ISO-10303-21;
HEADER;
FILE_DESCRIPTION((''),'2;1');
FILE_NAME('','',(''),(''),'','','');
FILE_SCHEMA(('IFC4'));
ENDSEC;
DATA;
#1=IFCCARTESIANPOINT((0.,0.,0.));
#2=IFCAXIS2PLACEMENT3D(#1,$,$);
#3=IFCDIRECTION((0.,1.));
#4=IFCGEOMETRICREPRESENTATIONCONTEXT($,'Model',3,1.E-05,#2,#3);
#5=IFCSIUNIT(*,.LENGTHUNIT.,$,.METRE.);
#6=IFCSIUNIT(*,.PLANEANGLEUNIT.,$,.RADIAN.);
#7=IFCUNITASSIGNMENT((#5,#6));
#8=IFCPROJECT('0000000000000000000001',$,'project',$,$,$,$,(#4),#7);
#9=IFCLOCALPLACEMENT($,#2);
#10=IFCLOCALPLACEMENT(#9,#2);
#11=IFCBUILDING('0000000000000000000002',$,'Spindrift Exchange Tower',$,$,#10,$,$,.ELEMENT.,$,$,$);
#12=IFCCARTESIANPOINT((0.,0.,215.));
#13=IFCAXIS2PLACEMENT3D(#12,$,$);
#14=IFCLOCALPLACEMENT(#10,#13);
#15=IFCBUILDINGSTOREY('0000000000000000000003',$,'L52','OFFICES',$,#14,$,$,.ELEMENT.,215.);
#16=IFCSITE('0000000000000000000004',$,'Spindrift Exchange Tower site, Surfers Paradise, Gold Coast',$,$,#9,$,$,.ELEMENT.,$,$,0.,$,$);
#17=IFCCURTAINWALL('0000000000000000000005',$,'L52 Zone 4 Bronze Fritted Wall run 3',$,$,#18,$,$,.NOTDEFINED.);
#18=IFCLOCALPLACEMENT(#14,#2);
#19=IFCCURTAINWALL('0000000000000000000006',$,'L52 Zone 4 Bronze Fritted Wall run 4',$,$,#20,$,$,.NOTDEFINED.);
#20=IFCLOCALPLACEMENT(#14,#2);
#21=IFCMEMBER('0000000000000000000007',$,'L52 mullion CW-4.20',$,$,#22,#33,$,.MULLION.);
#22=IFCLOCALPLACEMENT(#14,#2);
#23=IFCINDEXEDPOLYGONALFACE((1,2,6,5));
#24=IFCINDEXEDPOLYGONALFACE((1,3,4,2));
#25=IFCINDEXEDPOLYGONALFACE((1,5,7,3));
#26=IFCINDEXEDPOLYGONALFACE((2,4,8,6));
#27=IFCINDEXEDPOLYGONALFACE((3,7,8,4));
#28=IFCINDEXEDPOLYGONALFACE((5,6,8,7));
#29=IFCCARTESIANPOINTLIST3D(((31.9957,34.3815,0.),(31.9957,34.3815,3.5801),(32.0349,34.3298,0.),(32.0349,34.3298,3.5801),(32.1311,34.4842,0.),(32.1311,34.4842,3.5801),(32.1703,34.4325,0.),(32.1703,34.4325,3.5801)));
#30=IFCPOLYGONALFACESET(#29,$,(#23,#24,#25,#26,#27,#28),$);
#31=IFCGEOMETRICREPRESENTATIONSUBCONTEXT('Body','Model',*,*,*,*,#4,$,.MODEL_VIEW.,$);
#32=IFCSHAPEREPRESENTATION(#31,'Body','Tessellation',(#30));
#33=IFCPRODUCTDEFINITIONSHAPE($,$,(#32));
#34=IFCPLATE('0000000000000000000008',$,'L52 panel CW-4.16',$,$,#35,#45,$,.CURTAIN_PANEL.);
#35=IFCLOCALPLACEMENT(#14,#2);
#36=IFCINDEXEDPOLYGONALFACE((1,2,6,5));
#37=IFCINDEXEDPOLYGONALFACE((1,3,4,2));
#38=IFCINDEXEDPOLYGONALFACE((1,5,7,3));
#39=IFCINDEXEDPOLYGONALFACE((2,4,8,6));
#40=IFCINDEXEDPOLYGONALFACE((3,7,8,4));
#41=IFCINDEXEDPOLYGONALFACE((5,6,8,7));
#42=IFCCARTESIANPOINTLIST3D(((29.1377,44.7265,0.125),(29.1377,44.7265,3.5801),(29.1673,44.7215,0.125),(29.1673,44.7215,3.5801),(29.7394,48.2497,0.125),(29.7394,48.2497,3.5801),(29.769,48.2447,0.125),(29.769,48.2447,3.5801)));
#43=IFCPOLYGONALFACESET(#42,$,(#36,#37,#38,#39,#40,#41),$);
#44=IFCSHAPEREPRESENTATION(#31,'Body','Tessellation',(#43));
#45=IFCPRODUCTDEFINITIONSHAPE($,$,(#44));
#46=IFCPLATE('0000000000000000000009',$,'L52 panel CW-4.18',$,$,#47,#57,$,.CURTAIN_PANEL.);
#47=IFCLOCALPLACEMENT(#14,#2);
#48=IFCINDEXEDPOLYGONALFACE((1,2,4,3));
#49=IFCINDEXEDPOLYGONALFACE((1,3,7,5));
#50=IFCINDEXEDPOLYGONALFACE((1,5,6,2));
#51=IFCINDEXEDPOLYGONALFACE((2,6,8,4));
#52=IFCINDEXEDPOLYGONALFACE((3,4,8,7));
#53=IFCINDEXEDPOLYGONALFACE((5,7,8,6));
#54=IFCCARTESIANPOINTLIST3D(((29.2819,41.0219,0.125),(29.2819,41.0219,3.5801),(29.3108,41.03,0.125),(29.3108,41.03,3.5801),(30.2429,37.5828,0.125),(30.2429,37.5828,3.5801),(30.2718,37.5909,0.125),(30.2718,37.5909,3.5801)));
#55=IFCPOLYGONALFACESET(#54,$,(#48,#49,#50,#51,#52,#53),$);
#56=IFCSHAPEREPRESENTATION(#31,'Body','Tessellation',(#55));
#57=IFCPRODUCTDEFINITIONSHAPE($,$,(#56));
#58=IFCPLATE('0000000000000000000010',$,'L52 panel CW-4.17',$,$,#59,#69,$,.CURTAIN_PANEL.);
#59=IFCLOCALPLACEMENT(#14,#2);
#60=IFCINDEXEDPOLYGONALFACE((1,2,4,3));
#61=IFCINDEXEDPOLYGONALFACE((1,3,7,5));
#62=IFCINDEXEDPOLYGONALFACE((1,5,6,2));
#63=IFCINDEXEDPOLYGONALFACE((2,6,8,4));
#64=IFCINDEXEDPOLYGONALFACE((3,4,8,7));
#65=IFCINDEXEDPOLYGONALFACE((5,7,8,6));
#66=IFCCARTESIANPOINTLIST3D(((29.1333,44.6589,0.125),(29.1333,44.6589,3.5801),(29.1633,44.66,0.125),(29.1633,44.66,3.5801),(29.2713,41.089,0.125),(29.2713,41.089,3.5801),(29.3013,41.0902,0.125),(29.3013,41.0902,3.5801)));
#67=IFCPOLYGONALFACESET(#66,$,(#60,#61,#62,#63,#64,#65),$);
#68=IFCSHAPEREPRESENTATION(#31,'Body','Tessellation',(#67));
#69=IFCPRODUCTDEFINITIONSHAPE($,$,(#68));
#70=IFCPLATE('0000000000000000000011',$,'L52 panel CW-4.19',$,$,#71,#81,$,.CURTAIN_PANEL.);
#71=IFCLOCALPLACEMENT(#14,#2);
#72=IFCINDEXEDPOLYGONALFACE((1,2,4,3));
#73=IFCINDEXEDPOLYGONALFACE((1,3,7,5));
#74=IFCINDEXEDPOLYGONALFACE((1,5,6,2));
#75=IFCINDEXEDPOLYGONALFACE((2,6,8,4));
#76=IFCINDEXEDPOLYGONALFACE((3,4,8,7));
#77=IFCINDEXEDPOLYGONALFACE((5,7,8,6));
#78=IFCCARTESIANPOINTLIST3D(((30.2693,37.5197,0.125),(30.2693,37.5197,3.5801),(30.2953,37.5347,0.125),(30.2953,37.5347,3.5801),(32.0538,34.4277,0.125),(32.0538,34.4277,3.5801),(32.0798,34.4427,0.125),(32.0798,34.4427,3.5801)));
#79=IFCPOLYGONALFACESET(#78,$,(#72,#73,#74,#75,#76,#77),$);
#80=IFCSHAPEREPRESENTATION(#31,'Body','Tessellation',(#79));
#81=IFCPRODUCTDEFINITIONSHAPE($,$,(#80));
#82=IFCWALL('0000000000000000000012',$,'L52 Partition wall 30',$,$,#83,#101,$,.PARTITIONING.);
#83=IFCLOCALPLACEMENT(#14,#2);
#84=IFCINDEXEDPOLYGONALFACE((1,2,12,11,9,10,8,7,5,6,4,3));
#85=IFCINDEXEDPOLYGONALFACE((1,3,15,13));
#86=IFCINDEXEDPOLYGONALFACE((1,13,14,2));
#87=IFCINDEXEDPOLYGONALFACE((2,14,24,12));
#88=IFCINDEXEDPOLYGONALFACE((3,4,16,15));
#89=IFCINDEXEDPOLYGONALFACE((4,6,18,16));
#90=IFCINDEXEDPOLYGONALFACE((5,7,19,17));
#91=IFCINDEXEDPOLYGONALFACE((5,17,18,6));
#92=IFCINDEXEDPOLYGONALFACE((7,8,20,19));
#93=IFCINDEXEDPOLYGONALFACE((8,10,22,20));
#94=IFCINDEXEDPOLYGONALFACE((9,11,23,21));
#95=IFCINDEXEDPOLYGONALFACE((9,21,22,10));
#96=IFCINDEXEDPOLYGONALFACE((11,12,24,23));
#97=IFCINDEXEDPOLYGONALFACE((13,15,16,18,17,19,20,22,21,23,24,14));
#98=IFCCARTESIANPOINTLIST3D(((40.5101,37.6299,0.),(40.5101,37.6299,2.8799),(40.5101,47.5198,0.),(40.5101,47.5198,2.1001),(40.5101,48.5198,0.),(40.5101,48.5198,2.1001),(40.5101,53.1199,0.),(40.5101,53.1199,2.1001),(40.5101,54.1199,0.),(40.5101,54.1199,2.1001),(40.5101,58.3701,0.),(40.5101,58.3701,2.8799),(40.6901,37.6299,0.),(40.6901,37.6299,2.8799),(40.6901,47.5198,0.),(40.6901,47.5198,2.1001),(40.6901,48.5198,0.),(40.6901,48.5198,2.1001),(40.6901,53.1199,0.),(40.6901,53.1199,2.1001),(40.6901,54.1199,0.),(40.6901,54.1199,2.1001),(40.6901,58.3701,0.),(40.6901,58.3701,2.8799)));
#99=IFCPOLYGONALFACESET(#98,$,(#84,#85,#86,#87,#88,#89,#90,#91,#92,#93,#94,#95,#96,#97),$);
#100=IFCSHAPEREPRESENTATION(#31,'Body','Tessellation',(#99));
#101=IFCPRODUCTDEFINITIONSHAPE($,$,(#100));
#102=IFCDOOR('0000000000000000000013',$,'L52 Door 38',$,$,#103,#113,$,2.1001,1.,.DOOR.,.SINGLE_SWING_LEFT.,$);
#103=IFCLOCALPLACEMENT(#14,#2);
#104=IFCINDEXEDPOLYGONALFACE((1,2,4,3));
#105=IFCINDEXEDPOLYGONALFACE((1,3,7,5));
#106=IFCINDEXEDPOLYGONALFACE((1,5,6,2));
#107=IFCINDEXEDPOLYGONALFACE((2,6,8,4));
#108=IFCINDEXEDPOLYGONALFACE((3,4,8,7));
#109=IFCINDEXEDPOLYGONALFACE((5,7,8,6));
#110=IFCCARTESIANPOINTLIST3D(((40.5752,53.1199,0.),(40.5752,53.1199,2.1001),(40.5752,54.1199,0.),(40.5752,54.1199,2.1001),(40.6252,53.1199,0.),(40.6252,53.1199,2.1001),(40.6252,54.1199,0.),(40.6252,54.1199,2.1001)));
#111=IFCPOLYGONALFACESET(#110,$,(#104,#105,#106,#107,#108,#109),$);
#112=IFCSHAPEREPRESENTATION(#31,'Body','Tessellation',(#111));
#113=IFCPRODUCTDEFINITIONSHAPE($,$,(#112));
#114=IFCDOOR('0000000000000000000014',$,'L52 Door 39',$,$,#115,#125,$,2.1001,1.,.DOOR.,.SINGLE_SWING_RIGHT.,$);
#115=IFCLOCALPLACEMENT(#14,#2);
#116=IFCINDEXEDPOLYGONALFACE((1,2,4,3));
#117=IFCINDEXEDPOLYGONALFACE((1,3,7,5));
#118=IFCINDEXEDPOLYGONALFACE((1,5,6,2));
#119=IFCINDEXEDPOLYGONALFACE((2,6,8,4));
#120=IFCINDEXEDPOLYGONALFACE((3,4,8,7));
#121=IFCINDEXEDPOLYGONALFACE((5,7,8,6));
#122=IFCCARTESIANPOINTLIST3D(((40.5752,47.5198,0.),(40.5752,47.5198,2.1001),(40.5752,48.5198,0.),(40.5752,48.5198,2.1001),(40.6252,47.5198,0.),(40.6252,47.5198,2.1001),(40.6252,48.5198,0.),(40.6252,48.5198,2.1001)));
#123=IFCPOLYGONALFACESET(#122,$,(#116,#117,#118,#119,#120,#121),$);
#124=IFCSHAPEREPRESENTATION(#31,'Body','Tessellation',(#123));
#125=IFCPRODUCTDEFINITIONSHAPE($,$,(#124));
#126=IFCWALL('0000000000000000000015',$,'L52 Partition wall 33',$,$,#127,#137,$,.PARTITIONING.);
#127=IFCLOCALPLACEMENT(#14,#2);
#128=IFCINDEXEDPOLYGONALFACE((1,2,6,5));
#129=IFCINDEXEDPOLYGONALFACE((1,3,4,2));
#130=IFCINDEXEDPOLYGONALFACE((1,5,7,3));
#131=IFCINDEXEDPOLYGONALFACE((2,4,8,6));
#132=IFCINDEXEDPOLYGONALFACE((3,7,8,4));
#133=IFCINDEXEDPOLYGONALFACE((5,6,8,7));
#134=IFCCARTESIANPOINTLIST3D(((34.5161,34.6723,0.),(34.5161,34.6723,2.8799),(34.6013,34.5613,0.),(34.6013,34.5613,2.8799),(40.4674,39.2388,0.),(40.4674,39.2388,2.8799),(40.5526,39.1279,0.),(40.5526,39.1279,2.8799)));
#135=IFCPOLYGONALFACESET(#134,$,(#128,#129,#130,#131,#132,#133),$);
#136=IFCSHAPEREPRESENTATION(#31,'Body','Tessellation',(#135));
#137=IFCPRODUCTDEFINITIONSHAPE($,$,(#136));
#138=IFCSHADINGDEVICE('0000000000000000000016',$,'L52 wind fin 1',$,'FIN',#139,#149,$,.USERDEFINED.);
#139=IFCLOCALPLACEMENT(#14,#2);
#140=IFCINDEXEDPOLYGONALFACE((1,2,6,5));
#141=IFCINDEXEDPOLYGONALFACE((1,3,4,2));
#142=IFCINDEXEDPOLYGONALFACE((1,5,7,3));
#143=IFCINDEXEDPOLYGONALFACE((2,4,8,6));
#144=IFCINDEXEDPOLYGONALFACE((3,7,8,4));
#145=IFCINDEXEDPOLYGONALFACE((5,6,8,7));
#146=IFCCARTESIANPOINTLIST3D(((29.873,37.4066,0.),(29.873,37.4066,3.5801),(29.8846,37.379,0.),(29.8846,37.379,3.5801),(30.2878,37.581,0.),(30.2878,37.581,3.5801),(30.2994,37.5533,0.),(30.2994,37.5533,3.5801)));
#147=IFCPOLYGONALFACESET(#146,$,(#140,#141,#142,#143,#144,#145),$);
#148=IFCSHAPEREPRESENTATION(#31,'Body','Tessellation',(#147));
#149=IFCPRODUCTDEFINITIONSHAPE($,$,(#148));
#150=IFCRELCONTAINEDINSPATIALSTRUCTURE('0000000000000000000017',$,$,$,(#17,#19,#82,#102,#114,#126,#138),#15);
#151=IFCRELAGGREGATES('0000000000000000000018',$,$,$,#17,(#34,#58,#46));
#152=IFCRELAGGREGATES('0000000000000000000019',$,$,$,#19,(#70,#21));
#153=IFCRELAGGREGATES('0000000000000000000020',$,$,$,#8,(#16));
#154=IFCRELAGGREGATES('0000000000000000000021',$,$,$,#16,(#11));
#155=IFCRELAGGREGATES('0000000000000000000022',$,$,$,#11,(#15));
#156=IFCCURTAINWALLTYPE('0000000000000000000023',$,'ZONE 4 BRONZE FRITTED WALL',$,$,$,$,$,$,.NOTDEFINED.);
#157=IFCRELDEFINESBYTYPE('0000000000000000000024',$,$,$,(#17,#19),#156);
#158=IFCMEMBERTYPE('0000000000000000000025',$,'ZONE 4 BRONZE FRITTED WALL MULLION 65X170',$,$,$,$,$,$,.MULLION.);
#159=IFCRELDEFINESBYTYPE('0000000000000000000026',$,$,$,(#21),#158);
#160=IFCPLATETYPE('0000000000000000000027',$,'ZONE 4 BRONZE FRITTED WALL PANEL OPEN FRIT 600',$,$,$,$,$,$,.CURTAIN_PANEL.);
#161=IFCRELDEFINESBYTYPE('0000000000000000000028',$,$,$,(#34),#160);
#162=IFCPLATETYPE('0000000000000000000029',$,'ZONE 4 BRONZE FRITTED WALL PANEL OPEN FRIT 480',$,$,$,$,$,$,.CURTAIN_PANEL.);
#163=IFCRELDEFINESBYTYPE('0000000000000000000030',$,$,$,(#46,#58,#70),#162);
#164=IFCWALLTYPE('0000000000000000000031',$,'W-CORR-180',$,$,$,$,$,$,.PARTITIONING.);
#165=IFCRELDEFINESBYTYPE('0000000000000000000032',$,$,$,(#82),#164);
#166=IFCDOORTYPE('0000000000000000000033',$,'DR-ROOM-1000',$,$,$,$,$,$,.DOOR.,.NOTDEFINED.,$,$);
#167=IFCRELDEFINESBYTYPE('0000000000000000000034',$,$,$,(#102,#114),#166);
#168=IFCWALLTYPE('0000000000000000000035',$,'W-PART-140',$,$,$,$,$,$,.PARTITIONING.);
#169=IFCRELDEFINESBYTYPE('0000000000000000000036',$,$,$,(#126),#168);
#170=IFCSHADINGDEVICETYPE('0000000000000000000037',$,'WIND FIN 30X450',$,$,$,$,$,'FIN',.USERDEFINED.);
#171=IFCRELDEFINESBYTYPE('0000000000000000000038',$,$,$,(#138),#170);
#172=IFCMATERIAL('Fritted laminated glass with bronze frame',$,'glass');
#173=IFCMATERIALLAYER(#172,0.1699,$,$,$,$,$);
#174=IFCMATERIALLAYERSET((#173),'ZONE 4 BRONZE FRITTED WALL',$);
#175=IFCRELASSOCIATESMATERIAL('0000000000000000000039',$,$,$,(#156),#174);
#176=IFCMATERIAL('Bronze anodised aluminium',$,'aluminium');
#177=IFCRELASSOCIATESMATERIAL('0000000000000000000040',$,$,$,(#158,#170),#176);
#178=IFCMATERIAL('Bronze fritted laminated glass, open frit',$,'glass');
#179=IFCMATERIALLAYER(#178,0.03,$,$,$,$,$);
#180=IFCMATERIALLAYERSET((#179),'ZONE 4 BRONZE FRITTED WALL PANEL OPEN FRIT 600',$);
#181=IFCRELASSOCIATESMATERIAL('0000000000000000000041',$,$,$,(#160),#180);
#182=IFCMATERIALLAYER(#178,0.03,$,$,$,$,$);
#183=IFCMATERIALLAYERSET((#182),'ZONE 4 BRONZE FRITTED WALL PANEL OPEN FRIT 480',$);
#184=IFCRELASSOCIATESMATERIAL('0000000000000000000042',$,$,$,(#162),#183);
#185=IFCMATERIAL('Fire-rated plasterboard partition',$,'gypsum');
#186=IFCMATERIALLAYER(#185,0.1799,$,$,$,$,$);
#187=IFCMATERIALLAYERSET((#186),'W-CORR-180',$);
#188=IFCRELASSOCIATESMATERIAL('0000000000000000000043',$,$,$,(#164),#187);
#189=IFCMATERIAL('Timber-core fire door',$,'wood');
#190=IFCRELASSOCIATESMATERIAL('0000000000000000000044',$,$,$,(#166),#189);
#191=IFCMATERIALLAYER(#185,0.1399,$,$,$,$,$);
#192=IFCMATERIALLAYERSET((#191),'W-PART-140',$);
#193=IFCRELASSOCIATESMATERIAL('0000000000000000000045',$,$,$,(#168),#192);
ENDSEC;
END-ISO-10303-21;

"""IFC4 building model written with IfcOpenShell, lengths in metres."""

from ifc_helpers import new_model, si_unit, direction, frame, frame_2d, origin, origin_2d, place, context, subcontext, project, spatial, rectangle, extrude, source, transform, mapped, material, layer, layer_set, material_profile, profile_set, type_object, element, fill, aggregate, save


model = new_model("IFC4")

# Units and contexts
model_context = context("Model", 3, precision=1e-05, world=origin(), true_north=direction((0.0, 1.0)))
body_context = subcontext(model_context, "Body", "Model", "MODEL_VIEW")
ifc_project = project(units=[si_unit("LENGTHUNIT", "METRE"), si_unit("PLANEANGLEUNIT", "RADIAN")], contexts=[model_context])

# Site, building, storey
site_placement = place(None, origin())
site = spatial("IfcSite", under=ifc_project, at=site_placement, Name="Spindrift Exchange Tower site, Surfers Paradise, Gold Coast", CompositionType="ELEMENT", RefElevation=0.0)
building_placement = place(site_placement, origin())
building = spatial("IfcBuilding", under=site, at=building_placement, Name="Spindrift Exchange Tower", CompositionType="ELEMENT")
storey_placement = place(building_placement, frame((0.0, 0.0, 215.0)))
storey = spatial("IfcBuildingStorey", under=building, at=storey_placement, Name="L52", Description="OFFICES", CompositionType="ELEMENT", Elevation=215.0)

# Curtain walls
ifc_material_1 = material(Name="Fritted laminated glass with bronze frame", Category="glass")
ifc_layer_1 = layer(ifc_material_1, 0.1699)
ifc_layer_set_1 = layer_set([ifc_layer_1], Name="ZONE 4 BRONZE FRITTED WALL")
curtain_wall_type = type_object("IfcCurtainWallType", Name="ZONE 4 BRONZE FRITTED WALL", PredefinedType="NOTDEFINED", material=ifc_layer_set_1)
curtain_wall_1_placement = place(storey_placement, origin())
curtain_wall_1 = element("IfcCurtainWall", 1, at=curtain_wall_1_placement, inside=storey, type_object=curtain_wall_type, Name="L52 Zone 4 Bronze Fritted Wall run 3", PredefinedType="NOTDEFINED")
ifc_material_2 = material(Name="Bronze anodised aluminium", Category="aluminium")
curtain_wall_2_placement = place(storey_placement, origin())
curtain_wall_2 = element("IfcCurtainWall", 2, at=curtain_wall_2_placement, inside=storey, type_object=curtain_wall_type, Name="L52 Zone 4 Bronze Fritted Wall run 4", PredefinedType="NOTDEFINED")

# Member
ifc_material_profile_1 = material_profile(ifc_material_2, rectangle(XDim=0.0649, YDim=0.1699, at=origin_2d()), Name="ZONE 4 BRONZE FRITTED WALL MULLION 65X170")
ifc_profile_set_1 = profile_set([ifc_material_profile_1], Name="Bronze anodised aluminium")
member_type_1 = type_object("IfcMemberType", Name="ZONE 4 BRONZE FRITTED WALL MULLION 65X170", PredefinedType="MULLION", material=ifc_profile_set_1)
shared_shape_1 = source(origin(), body_context, "Body", "SweptSolid", [
    extrude(rectangle(XDim=0.0649, YDim=0.1699, at=origin_2d()), origin(), (0.0, 0.0, 1.0), 3.5801),
])
member_1_placement = place(storey_placement, frame((32.083, 34.407, 0.0), z_axis=(0.0, 0.0, 1.0), x_axis=(0.604301, -0.796756, 0.0)))
member_1 = element("IfcMember", 3, at=member_1_placement, type_object=member_type_1, Name="L52 mullion CW-4.20", PredefinedType="MULLION", context=body_context, shape_type="MappedRepresentation", body=[
    mapped(shared_shape_1, transform((0.0, 0.0, 0.0), scale=1.0)),
])

# Plates
ifc_material_3 = material(Name="Bronze fritted laminated glass, open frit", Category="glass")
ifc_layer_2 = layer(ifc_material_3, 0.03)
ifc_layer_set_2 = layer_set([ifc_layer_2], Name="ZONE 4 BRONZE FRITTED WALL PANEL OPEN FRIT 600")
plate_type_1 = type_object("IfcPlateType", Name="ZONE 4 BRONZE FRITTED WALL PANEL OPEN FRIT 600", PredefinedType="CURTAIN_PANEL", material=ifc_layer_set_2)
shared_shape_2 = source(origin(), body_context, "Body", "SweptSolid", [
    extrude(rectangle(XDim=3.5742, YDim=0.03, at=origin_2d()), origin(), (0.0, 0.0, 1.0), 3.4551),
])
plate_1_placement = place(storey_placement, frame((29.4534, 46.4856, 0.125), z_axis=(0.0, 0.0, 1.0), x_axis=(-0.168333, -0.98573, 0.0)))
plate_1 = element("IfcPlate", 4, at=plate_1_placement, type_object=plate_type_1, Name="L52 panel CW-4.16", PredefinedType="CURTAIN_PANEL", context=body_context, shape_type="MappedRepresentation", body=[
    mapped(shared_shape_2, transform((0.0, 0.0, 0.0), scale=1.0)),
])
ifc_layer_3 = layer(ifc_material_3, 0.03)
ifc_layer_set_3 = layer_set([ifc_layer_3], Name="ZONE 4 BRONZE FRITTED WALL PANEL OPEN FRIT 480")
plate_type_2 = type_object("IfcPlateType", Name="ZONE 4 BRONZE FRITTED WALL PANEL OPEN FRIT 480", PredefinedType="CURTAIN_PANEL", material=ifc_layer_set_3)
shared_shape_3 = source(origin(), body_context, "Body", "SweptSolid", [
    extrude(rectangle(XDim=3.5708, YDim=0.03, at=origin_2d()), origin(), (0.0, 0.0, 1.0), 3.4551),
])
plate_2_placement = place(storey_placement, frame((29.7769, 39.3064, 0.125), z_axis=(0.0, 0.0, 1.0), x_axis=(0.269133, -0.963103, 0.0)))
plate_2 = element("IfcPlate", 5, at=plate_2_placement, type_object=plate_type_2, Name="L52 panel CW-4.18", PredefinedType="CURTAIN_PANEL", context=body_context, shape_type="MappedRepresentation", body=[
    mapped(shared_shape_3, transform((0.0, 0.0, 0.0), scale=1.0)),
])
shared_shape_4 = source(origin(), body_context, "Body", "SweptSolid", [
    extrude(rectangle(XDim=3.5725, YDim=0.03, at=origin_2d()), origin(), (0.0, 0.0, 1.0), 3.4551),
])
plate_3_placement = place(storey_placement, frame((29.2173, 42.8745, 0.125), z_axis=(0.0, 0.0, 1.0), x_axis=(0.038627, -0.999254, 0.0)))
plate_3 = element("IfcPlate", 6, at=plate_3_placement, type_object=plate_type_2, Name="L52 panel CW-4.17", PredefinedType="CURTAIN_PANEL", context=body_context, shape_type="MappedRepresentation", body=[
    mapped(shared_shape_4, transform((0.0, 0.0, 0.0), scale=1.0)),
])
aggregate(curtain_wall_1, [plate_1, plate_3, plate_2])
shared_shape_5 = source(origin(), body_context, "Body", "SweptSolid", [
    extrude(rectangle(XDim=3.5701, YDim=0.03, at=origin_2d()), origin(), (0.0, 0.0, 1.0), 3.4551),
])
plate_4_placement = place(storey_placement, frame((31.1746, 35.9812, 0.125), z_axis=(0.0, 0.0, 1.0), x_axis=(0.499849, -0.866113, 0.0)))
plate_4 = element("IfcPlate", 7, at=plate_4_placement, type_object=plate_type_2, Name="L52 panel CW-4.19", PredefinedType="CURTAIN_PANEL", context=body_context, shape_type="MappedRepresentation", body=[
    mapped(shared_shape_5, transform((0.0, 0.0, 0.0), scale=1.0)),
])
aggregate(curtain_wall_2, [plate_4, member_1])

# Wall, openings, doors
ifc_material_4 = material(Name="Fire-rated plasterboard partition", Category="gypsum")
ifc_layer_4 = layer(ifc_material_4, 0.1799)
ifc_layer_set_4 = layer_set([ifc_layer_4], Name="W-CORR-180")
wall_type_1 = type_object("IfcWallType", Name="W-CORR-180", PredefinedType="PARTITIONING", material=ifc_layer_set_4)
wall_1_placement = place(storey_placement, frame((40.6001, 37.6299, 0.0), z_axis=(0.0, 0.0, 1.0), x_axis=(0.0, 1.0, 0.0)))
wall_1 = element("IfcWall", 8, at=wall_1_placement, inside=storey, type_object=wall_type_1, Name="L52 Partition wall 30", PredefinedType="PARTITIONING", context=body_context, shape_type="SweptSolid", body=[
    extrude(rectangle(XDim=20.7402, YDim=0.1799, at=frame_2d((10.3701, 0.0))), origin(), (0.0, 0.0, 1.0), 2.8799),
])
opening_1_placement = place(wall_1_placement, frame((15.49, 0.0, 0.0)))
opening_1 = element("IfcOpeningElement", 9, at=opening_1_placement, cuts=wall_1, PredefinedType="OPENING", context=body_context, shape_type="SweptSolid", body=[
    extrude(rectangle(XDim=1.0, YDim=2.1001, at=frame_2d((0.5, 1.05))), frame((0.0, 0.0999, 0.0), z_axis=(0.0, -1.0, 0.0), x_axis=(1.0, 0.0, 0.0)), (0.0, 0.0, 1.0), 0.2),
])
opening_2_placement = place(wall_1_placement, frame((9.8899, 0.0, 0.0)))
opening_2 = element("IfcOpeningElement", 10, at=opening_2_placement, cuts=wall_1, PredefinedType="OPENING", context=body_context, shape_type="SweptSolid", body=[
    extrude(rectangle(XDim=1.0, YDim=2.1001, at=frame_2d((0.5, 1.05))), frame((0.0, 0.0999, 0.0), z_axis=(0.0, -1.0, 0.0), x_axis=(1.0, 0.0, 0.0)), (0.0, 0.0, 1.0), 0.2),
])
ifc_material_5 = material(Name="Timber-core fire door", Category="wood")
door_type = type_object("IfcDoorType", Name="DR-ROOM-1000", OperationType="NOTDEFINED", PredefinedType="DOOR", material=ifc_material_5)
shared_shape_6 = source(origin(), body_context, "Body", "SweptSolid", [
    extrude(rectangle(XDim=1.0, YDim=2.1001, at=frame_2d((0.5, 1.05))), frame((0.0, 0.0249, 0.0), z_axis=(0.0, -1.0, 0.0), x_axis=(1.0, 0.0, 0.0)), (0.0, 0.0, 1.0), 0.05),
])
door_1_placement = place(opening_1_placement, origin())
door_1 = element("IfcDoor", 11, at=door_1_placement, inside=storey, type_object=door_type, Name="L52 Door 38", OperationType="SINGLE_SWING_LEFT", OverallHeight=2.1001, OverallWidth=1.0, PredefinedType="DOOR", context=body_context, shape_type="MappedRepresentation", body=[
    mapped(shared_shape_6, transform((0.0, 0.0, 0.0), scale=1.0)),
])
fill(opening_1, door_1)
door_2_placement = place(opening_2_placement, origin())
door_2 = element("IfcDoor", 12, at=door_2_placement, inside=storey, type_object=door_type, Name="L52 Door 39", OperationType="SINGLE_SWING_RIGHT", OverallHeight=2.1001, OverallWidth=1.0, PredefinedType="DOOR", context=body_context, shape_type="MappedRepresentation", body=[
    mapped(shared_shape_6, transform((0.0, 0.0, 0.0), scale=1.0)),
])
fill(opening_2, door_2)

# Wall
ifc_layer_5 = layer(ifc_material_4, 0.1399)
ifc_layer_set_5 = layer_set([ifc_layer_5], Name="W-PART-140")
wall_type_2 = type_object("IfcWallType", Name="W-PART-140", PredefinedType="PARTITIONING", material=ifc_layer_set_5)
wall_2_placement = place(storey_placement, frame((40.51, 39.1833, 0.0), z_axis=(0.0, 0.0, 1.0), x_axis=(-0.793355, -0.608759, 0.0)))
element("IfcWall", 13, at=wall_2_placement, inside=storey, type_object=wall_type_2, Name="L52 Partition wall 33", PredefinedType="PARTITIONING", context=body_context, shape_type="SweptSolid", body=[
    extrude(rectangle(XDim=7.5015, YDim=0.1399, at=frame_2d((3.7507, 0.0))), origin(), (0.0, 0.0, 1.0), 2.8799),
])

# Shading device
ifc_material_profile_2 = material_profile(ifc_material_2, rectangle(XDim=0.03, YDim=0.45, at=origin_2d()), Name="WIND FIN 30X450")
ifc_profile_set_2 = profile_set([ifc_material_profile_2], Name="Bronze anodised aluminium")
shading_device_type = type_object("IfcShadingDeviceType", Name="WIND FIN 30X450", ElementType="FIN", PredefinedType="USERDEFINED", material=ifc_profile_set_2)
shared_shape_7 = source(origin(), body_context, "Body", "SweptSolid", [
    extrude(rectangle(XDim=0.03, YDim=0.45, at=origin_2d()), origin(), (0.0, 0.0, 1.0), 3.5801),
])
shading_device_placement = place(storey_placement, frame((30.0862, 37.48, 0.0), z_axis=(0.0, 0.0, 1.0), x_axis=(0.387538, -0.921854, 0.0)))
element("IfcShadingDevice", 14, at=shading_device_placement, inside=storey, type_object=shading_device_type, Name="L52 wind fin 1", ObjectType="FIN", PredefinedType="USERDEFINED", context=body_context, shape_type="MappedRepresentation", body=[
    mapped(shared_shape_7, transform((0.0, 0.0, 0.0), scale=1.0)),
])

save(model, "model.ifc")
